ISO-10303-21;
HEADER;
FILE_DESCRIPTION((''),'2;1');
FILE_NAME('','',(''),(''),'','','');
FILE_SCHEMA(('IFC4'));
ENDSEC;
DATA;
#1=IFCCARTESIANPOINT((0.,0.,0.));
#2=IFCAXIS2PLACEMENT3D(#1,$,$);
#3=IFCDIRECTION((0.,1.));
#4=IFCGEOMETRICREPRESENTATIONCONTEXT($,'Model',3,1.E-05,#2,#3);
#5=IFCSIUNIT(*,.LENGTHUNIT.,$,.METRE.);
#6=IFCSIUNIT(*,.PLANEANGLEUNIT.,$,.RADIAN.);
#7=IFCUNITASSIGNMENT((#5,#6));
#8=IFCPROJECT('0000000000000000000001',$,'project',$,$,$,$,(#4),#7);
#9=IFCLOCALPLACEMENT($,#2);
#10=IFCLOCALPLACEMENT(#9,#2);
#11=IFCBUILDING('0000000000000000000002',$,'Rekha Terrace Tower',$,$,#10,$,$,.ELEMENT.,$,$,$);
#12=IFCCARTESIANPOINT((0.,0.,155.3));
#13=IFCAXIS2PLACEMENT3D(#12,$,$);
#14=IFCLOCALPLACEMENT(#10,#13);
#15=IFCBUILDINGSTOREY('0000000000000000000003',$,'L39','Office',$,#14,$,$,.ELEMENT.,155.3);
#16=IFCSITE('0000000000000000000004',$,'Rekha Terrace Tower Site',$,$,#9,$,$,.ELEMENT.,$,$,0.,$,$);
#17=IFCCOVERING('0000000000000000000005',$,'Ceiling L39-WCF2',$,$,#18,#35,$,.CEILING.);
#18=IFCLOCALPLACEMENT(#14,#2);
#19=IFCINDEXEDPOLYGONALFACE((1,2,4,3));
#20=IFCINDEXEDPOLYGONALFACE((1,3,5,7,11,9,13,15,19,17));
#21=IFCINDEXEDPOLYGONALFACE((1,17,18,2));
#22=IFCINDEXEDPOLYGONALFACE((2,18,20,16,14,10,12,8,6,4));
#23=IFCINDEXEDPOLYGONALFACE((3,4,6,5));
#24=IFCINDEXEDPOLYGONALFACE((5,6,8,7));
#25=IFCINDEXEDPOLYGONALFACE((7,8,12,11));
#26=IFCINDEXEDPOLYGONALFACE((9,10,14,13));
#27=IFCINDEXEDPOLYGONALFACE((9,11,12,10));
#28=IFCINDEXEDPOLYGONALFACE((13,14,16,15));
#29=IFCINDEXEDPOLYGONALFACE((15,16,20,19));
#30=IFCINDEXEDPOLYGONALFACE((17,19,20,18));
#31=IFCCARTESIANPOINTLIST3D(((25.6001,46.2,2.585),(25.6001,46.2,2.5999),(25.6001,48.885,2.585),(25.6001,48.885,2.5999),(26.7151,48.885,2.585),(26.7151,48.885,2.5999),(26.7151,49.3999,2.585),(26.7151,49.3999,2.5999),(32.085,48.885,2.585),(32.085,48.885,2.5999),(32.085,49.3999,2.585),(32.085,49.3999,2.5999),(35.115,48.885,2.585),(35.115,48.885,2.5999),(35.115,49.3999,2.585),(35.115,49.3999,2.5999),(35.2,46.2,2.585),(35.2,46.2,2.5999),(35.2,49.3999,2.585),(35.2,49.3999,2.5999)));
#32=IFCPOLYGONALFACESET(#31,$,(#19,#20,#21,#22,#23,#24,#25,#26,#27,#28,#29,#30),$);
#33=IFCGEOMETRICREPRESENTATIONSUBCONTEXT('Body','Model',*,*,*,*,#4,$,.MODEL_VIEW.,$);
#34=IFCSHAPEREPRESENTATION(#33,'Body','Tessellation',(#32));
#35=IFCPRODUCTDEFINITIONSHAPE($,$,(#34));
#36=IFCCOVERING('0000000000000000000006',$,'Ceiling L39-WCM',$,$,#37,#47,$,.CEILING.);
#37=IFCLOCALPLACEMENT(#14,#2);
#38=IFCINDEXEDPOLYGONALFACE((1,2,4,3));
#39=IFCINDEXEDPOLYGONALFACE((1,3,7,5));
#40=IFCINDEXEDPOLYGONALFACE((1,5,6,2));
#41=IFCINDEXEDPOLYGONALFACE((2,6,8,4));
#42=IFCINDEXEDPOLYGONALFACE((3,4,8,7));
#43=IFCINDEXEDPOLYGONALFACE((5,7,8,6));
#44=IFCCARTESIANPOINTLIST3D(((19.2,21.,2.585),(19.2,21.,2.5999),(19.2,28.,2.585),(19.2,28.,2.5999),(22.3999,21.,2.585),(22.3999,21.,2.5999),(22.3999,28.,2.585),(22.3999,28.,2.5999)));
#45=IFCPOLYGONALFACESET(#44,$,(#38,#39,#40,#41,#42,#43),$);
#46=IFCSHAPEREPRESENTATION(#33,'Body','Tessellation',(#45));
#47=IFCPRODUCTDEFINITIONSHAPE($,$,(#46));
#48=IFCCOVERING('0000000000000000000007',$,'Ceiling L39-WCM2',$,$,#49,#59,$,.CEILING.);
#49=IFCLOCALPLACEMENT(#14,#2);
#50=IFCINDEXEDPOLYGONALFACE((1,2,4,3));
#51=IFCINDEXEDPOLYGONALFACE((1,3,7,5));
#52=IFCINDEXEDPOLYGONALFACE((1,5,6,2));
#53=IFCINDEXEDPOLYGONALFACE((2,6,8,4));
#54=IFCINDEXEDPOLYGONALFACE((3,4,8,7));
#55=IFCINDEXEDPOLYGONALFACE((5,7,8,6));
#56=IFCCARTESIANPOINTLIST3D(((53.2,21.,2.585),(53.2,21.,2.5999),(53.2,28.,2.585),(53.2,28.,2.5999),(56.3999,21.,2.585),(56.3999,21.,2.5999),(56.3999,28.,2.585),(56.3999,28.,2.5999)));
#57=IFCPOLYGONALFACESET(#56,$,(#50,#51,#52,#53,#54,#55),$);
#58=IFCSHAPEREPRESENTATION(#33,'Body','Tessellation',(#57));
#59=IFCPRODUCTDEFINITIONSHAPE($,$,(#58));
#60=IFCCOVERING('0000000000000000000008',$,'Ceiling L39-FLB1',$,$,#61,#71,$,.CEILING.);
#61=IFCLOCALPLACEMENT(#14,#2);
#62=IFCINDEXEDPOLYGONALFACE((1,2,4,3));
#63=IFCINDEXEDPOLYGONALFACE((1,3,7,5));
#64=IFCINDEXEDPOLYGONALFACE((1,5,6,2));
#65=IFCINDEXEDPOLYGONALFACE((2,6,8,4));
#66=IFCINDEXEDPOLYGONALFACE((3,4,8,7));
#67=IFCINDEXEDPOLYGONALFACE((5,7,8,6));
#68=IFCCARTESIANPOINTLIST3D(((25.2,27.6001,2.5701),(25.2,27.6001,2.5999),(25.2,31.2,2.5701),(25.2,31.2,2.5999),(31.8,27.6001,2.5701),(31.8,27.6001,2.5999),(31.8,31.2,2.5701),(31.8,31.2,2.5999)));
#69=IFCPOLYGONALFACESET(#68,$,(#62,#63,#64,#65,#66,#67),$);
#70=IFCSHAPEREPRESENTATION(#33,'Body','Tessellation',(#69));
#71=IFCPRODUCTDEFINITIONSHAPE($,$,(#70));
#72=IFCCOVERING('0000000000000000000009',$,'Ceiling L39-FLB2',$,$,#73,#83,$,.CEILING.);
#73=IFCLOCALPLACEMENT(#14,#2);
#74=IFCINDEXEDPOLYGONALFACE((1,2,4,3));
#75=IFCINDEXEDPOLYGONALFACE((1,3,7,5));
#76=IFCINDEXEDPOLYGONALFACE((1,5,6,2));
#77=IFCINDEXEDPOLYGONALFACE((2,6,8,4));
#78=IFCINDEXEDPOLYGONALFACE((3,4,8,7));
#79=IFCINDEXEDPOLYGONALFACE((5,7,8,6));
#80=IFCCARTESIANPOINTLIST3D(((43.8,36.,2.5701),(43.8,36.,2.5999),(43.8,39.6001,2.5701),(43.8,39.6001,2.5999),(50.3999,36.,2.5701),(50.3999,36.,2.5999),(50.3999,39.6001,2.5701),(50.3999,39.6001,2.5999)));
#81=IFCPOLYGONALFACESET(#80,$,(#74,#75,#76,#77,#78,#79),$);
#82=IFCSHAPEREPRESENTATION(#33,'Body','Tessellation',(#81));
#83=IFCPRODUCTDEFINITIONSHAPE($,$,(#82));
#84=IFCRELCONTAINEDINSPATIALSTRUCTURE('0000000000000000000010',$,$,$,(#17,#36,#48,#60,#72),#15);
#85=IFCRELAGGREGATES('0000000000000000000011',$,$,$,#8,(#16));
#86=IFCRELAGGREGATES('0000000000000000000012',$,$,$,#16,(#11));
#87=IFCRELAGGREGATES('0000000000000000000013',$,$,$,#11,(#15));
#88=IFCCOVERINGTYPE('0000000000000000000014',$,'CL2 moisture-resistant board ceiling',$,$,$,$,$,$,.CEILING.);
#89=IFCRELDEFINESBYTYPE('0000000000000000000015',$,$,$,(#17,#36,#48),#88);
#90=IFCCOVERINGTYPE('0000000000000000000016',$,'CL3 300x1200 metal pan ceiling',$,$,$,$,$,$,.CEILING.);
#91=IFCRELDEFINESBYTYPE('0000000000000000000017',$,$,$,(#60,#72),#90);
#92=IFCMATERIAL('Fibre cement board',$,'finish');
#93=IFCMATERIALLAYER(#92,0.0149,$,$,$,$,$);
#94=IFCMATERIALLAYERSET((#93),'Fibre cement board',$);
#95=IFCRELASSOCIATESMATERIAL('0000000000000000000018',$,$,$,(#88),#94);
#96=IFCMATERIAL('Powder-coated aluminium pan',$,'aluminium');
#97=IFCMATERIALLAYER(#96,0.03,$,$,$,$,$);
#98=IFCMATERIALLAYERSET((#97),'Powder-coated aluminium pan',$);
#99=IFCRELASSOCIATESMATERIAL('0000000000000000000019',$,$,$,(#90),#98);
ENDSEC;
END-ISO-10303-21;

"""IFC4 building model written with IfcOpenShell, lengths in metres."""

from ifc_helpers import new_model, si_unit, direction, frame, origin, place, context, subcontext, project, spatial, polyline, outline, extrude, material, layer, layer_set, type_object, element, save


model = new_model("IFC4")

# Units and contexts
model_context = context("Model", 3, precision=1e-05, world=origin(), true_north=direction((0.0, 1.0)))
body_context = subcontext(model_context, "Body", "Model", "MODEL_VIEW")
ifc_project = project(units=[si_unit("LENGTHUNIT", "METRE"), si_unit("PLANEANGLEUNIT", "RADIAN")], contexts=[model_context])

# Site, building, storey
site_placement = place(None, origin())
site = spatial("IfcSite", under=ifc_project, at=site_placement, Name="Rekha Terrace Tower Site", CompositionType="ELEMENT", RefElevation=0.0)
building_placement = place(site_placement, origin())
building = spatial("IfcBuilding", under=site, at=building_placement, Name="Rekha Terrace Tower", CompositionType="ELEMENT")
storey_placement = place(building_placement, frame((0.0, 0.0, 155.3)))
storey = spatial("IfcBuildingStorey", under=building, at=storey_placement, Name="L39", Description="Office", CompositionType="ELEMENT", Elevation=155.3)

# Coverings
ifc_material_1 = material(Name="Fibre cement board", Category="finish")
ifc_layer_1 = layer(ifc_material_1, 0.0149)
ifc_layer_set_1 = layer_set([ifc_layer_1], Name="Fibre cement board")
covering_type_1 = type_object("IfcCoveringType", Name="CL2 moisture-resistant board ceiling", PredefinedType="CEILING", material=ifc_layer_set_1)
covering_1_placement = place(storey_placement, frame((0.0, 0.0, 2.585)))
element("IfcCovering", 1, at=covering_1_placement, inside=storey, type_object=covering_type_1, Name="Ceiling L39-WCF2", PredefinedType="CEILING", context=body_context, shape_type="SweptSolid", body=[
    extrude(outline(polyline([(26.7151, 48.885), (25.6001, 48.885), (25.6001, 46.2), (35.2, 46.2), (35.2, 49.3999), (35.115, 49.3999), (35.115, 48.885), (32.085, 48.885), (32.085, 49.3999), (26.7151, 49.3999), (26.7151, 48.885)])), origin(), (0.0, 0.0, 1.0), 0.0149),
])
covering_2_placement = place(storey_placement, frame((0.0, 0.0, 2.585)))
element("IfcCovering", 2, at=covering_2_placement, inside=storey, type_object=covering_type_1, Name="Ceiling L39-WCM", PredefinedType="CEILING", context=body_context, shape_type="SweptSolid", body=[
    extrude(outline(polyline([(22.3999, 28.0), (19.2, 28.0), (19.2, 21.0), (22.3999, 21.0), (22.3999, 28.0)])), origin(), (0.0, 0.0, 1.0), 0.0149),
])
covering_3_placement = place(storey_placement, frame((0.0, 0.0, 2.585)))
element("IfcCovering", 3, at=covering_3_placement, inside=storey, type_object=covering_type_1, Name="Ceiling L39-WCM2", PredefinedType="CEILING", context=body_context, shape_type="SweptSolid", body=[
    extrude(outline(polyline([(56.3999, 28.0), (53.2, 28.0), (53.2, 21.0), (56.3999, 21.0), (56.3999, 28.0)])), origin(), (0.0, 0.0, 1.0), 0.0149),
])
ifc_material_2 = material(Name="Powder-coated aluminium pan", Category="aluminium")
ifc_layer_2 = layer(ifc_material_2, 0.03)
ifc_layer_set_2 = layer_set([ifc_layer_2], Name="Powder-coated aluminium pan")
covering_type_2 = type_object("IfcCoveringType", Name="CL3 300x1200 metal pan ceiling", PredefinedType="CEILING", material=ifc_layer_set_2)
covering_4_placement = place(storey_placement, frame((0.0, 0.0, 2.5701)))
element("IfcCovering", 4, at=covering_4_placement, inside=storey, type_object=covering_type_2, Name="Ceiling L39-FLB1", PredefinedType="CEILING", context=body_context, shape_type="SweptSolid", body=[
    extrude(outline(polyline([(31.8, 31.2), (25.2, 31.2), (25.2, 27.6001), (31.8, 27.6001), (31.8, 31.2)])), origin(), (0.0, 0.0, 1.0), 0.0298),
])
covering_5_placement = place(storey_placement, frame((0.0, 0.0, 2.5701)))
element("IfcCovering", 5, at=covering_5_placement, inside=storey, type_object=covering_type_2, Name="Ceiling L39-FLB2", PredefinedType="CEILING", context=body_context, shape_type="SweptSolid", body=[
    extrude(outline(polyline([(50.3999, 39.6001), (43.8, 39.6001), (43.8, 36.0), (50.3999, 36.0), (50.3999, 39.6001)])), origin(), (0.0, 0.0, 1.0), 0.0298),
])

save(model, "model.ifc")
